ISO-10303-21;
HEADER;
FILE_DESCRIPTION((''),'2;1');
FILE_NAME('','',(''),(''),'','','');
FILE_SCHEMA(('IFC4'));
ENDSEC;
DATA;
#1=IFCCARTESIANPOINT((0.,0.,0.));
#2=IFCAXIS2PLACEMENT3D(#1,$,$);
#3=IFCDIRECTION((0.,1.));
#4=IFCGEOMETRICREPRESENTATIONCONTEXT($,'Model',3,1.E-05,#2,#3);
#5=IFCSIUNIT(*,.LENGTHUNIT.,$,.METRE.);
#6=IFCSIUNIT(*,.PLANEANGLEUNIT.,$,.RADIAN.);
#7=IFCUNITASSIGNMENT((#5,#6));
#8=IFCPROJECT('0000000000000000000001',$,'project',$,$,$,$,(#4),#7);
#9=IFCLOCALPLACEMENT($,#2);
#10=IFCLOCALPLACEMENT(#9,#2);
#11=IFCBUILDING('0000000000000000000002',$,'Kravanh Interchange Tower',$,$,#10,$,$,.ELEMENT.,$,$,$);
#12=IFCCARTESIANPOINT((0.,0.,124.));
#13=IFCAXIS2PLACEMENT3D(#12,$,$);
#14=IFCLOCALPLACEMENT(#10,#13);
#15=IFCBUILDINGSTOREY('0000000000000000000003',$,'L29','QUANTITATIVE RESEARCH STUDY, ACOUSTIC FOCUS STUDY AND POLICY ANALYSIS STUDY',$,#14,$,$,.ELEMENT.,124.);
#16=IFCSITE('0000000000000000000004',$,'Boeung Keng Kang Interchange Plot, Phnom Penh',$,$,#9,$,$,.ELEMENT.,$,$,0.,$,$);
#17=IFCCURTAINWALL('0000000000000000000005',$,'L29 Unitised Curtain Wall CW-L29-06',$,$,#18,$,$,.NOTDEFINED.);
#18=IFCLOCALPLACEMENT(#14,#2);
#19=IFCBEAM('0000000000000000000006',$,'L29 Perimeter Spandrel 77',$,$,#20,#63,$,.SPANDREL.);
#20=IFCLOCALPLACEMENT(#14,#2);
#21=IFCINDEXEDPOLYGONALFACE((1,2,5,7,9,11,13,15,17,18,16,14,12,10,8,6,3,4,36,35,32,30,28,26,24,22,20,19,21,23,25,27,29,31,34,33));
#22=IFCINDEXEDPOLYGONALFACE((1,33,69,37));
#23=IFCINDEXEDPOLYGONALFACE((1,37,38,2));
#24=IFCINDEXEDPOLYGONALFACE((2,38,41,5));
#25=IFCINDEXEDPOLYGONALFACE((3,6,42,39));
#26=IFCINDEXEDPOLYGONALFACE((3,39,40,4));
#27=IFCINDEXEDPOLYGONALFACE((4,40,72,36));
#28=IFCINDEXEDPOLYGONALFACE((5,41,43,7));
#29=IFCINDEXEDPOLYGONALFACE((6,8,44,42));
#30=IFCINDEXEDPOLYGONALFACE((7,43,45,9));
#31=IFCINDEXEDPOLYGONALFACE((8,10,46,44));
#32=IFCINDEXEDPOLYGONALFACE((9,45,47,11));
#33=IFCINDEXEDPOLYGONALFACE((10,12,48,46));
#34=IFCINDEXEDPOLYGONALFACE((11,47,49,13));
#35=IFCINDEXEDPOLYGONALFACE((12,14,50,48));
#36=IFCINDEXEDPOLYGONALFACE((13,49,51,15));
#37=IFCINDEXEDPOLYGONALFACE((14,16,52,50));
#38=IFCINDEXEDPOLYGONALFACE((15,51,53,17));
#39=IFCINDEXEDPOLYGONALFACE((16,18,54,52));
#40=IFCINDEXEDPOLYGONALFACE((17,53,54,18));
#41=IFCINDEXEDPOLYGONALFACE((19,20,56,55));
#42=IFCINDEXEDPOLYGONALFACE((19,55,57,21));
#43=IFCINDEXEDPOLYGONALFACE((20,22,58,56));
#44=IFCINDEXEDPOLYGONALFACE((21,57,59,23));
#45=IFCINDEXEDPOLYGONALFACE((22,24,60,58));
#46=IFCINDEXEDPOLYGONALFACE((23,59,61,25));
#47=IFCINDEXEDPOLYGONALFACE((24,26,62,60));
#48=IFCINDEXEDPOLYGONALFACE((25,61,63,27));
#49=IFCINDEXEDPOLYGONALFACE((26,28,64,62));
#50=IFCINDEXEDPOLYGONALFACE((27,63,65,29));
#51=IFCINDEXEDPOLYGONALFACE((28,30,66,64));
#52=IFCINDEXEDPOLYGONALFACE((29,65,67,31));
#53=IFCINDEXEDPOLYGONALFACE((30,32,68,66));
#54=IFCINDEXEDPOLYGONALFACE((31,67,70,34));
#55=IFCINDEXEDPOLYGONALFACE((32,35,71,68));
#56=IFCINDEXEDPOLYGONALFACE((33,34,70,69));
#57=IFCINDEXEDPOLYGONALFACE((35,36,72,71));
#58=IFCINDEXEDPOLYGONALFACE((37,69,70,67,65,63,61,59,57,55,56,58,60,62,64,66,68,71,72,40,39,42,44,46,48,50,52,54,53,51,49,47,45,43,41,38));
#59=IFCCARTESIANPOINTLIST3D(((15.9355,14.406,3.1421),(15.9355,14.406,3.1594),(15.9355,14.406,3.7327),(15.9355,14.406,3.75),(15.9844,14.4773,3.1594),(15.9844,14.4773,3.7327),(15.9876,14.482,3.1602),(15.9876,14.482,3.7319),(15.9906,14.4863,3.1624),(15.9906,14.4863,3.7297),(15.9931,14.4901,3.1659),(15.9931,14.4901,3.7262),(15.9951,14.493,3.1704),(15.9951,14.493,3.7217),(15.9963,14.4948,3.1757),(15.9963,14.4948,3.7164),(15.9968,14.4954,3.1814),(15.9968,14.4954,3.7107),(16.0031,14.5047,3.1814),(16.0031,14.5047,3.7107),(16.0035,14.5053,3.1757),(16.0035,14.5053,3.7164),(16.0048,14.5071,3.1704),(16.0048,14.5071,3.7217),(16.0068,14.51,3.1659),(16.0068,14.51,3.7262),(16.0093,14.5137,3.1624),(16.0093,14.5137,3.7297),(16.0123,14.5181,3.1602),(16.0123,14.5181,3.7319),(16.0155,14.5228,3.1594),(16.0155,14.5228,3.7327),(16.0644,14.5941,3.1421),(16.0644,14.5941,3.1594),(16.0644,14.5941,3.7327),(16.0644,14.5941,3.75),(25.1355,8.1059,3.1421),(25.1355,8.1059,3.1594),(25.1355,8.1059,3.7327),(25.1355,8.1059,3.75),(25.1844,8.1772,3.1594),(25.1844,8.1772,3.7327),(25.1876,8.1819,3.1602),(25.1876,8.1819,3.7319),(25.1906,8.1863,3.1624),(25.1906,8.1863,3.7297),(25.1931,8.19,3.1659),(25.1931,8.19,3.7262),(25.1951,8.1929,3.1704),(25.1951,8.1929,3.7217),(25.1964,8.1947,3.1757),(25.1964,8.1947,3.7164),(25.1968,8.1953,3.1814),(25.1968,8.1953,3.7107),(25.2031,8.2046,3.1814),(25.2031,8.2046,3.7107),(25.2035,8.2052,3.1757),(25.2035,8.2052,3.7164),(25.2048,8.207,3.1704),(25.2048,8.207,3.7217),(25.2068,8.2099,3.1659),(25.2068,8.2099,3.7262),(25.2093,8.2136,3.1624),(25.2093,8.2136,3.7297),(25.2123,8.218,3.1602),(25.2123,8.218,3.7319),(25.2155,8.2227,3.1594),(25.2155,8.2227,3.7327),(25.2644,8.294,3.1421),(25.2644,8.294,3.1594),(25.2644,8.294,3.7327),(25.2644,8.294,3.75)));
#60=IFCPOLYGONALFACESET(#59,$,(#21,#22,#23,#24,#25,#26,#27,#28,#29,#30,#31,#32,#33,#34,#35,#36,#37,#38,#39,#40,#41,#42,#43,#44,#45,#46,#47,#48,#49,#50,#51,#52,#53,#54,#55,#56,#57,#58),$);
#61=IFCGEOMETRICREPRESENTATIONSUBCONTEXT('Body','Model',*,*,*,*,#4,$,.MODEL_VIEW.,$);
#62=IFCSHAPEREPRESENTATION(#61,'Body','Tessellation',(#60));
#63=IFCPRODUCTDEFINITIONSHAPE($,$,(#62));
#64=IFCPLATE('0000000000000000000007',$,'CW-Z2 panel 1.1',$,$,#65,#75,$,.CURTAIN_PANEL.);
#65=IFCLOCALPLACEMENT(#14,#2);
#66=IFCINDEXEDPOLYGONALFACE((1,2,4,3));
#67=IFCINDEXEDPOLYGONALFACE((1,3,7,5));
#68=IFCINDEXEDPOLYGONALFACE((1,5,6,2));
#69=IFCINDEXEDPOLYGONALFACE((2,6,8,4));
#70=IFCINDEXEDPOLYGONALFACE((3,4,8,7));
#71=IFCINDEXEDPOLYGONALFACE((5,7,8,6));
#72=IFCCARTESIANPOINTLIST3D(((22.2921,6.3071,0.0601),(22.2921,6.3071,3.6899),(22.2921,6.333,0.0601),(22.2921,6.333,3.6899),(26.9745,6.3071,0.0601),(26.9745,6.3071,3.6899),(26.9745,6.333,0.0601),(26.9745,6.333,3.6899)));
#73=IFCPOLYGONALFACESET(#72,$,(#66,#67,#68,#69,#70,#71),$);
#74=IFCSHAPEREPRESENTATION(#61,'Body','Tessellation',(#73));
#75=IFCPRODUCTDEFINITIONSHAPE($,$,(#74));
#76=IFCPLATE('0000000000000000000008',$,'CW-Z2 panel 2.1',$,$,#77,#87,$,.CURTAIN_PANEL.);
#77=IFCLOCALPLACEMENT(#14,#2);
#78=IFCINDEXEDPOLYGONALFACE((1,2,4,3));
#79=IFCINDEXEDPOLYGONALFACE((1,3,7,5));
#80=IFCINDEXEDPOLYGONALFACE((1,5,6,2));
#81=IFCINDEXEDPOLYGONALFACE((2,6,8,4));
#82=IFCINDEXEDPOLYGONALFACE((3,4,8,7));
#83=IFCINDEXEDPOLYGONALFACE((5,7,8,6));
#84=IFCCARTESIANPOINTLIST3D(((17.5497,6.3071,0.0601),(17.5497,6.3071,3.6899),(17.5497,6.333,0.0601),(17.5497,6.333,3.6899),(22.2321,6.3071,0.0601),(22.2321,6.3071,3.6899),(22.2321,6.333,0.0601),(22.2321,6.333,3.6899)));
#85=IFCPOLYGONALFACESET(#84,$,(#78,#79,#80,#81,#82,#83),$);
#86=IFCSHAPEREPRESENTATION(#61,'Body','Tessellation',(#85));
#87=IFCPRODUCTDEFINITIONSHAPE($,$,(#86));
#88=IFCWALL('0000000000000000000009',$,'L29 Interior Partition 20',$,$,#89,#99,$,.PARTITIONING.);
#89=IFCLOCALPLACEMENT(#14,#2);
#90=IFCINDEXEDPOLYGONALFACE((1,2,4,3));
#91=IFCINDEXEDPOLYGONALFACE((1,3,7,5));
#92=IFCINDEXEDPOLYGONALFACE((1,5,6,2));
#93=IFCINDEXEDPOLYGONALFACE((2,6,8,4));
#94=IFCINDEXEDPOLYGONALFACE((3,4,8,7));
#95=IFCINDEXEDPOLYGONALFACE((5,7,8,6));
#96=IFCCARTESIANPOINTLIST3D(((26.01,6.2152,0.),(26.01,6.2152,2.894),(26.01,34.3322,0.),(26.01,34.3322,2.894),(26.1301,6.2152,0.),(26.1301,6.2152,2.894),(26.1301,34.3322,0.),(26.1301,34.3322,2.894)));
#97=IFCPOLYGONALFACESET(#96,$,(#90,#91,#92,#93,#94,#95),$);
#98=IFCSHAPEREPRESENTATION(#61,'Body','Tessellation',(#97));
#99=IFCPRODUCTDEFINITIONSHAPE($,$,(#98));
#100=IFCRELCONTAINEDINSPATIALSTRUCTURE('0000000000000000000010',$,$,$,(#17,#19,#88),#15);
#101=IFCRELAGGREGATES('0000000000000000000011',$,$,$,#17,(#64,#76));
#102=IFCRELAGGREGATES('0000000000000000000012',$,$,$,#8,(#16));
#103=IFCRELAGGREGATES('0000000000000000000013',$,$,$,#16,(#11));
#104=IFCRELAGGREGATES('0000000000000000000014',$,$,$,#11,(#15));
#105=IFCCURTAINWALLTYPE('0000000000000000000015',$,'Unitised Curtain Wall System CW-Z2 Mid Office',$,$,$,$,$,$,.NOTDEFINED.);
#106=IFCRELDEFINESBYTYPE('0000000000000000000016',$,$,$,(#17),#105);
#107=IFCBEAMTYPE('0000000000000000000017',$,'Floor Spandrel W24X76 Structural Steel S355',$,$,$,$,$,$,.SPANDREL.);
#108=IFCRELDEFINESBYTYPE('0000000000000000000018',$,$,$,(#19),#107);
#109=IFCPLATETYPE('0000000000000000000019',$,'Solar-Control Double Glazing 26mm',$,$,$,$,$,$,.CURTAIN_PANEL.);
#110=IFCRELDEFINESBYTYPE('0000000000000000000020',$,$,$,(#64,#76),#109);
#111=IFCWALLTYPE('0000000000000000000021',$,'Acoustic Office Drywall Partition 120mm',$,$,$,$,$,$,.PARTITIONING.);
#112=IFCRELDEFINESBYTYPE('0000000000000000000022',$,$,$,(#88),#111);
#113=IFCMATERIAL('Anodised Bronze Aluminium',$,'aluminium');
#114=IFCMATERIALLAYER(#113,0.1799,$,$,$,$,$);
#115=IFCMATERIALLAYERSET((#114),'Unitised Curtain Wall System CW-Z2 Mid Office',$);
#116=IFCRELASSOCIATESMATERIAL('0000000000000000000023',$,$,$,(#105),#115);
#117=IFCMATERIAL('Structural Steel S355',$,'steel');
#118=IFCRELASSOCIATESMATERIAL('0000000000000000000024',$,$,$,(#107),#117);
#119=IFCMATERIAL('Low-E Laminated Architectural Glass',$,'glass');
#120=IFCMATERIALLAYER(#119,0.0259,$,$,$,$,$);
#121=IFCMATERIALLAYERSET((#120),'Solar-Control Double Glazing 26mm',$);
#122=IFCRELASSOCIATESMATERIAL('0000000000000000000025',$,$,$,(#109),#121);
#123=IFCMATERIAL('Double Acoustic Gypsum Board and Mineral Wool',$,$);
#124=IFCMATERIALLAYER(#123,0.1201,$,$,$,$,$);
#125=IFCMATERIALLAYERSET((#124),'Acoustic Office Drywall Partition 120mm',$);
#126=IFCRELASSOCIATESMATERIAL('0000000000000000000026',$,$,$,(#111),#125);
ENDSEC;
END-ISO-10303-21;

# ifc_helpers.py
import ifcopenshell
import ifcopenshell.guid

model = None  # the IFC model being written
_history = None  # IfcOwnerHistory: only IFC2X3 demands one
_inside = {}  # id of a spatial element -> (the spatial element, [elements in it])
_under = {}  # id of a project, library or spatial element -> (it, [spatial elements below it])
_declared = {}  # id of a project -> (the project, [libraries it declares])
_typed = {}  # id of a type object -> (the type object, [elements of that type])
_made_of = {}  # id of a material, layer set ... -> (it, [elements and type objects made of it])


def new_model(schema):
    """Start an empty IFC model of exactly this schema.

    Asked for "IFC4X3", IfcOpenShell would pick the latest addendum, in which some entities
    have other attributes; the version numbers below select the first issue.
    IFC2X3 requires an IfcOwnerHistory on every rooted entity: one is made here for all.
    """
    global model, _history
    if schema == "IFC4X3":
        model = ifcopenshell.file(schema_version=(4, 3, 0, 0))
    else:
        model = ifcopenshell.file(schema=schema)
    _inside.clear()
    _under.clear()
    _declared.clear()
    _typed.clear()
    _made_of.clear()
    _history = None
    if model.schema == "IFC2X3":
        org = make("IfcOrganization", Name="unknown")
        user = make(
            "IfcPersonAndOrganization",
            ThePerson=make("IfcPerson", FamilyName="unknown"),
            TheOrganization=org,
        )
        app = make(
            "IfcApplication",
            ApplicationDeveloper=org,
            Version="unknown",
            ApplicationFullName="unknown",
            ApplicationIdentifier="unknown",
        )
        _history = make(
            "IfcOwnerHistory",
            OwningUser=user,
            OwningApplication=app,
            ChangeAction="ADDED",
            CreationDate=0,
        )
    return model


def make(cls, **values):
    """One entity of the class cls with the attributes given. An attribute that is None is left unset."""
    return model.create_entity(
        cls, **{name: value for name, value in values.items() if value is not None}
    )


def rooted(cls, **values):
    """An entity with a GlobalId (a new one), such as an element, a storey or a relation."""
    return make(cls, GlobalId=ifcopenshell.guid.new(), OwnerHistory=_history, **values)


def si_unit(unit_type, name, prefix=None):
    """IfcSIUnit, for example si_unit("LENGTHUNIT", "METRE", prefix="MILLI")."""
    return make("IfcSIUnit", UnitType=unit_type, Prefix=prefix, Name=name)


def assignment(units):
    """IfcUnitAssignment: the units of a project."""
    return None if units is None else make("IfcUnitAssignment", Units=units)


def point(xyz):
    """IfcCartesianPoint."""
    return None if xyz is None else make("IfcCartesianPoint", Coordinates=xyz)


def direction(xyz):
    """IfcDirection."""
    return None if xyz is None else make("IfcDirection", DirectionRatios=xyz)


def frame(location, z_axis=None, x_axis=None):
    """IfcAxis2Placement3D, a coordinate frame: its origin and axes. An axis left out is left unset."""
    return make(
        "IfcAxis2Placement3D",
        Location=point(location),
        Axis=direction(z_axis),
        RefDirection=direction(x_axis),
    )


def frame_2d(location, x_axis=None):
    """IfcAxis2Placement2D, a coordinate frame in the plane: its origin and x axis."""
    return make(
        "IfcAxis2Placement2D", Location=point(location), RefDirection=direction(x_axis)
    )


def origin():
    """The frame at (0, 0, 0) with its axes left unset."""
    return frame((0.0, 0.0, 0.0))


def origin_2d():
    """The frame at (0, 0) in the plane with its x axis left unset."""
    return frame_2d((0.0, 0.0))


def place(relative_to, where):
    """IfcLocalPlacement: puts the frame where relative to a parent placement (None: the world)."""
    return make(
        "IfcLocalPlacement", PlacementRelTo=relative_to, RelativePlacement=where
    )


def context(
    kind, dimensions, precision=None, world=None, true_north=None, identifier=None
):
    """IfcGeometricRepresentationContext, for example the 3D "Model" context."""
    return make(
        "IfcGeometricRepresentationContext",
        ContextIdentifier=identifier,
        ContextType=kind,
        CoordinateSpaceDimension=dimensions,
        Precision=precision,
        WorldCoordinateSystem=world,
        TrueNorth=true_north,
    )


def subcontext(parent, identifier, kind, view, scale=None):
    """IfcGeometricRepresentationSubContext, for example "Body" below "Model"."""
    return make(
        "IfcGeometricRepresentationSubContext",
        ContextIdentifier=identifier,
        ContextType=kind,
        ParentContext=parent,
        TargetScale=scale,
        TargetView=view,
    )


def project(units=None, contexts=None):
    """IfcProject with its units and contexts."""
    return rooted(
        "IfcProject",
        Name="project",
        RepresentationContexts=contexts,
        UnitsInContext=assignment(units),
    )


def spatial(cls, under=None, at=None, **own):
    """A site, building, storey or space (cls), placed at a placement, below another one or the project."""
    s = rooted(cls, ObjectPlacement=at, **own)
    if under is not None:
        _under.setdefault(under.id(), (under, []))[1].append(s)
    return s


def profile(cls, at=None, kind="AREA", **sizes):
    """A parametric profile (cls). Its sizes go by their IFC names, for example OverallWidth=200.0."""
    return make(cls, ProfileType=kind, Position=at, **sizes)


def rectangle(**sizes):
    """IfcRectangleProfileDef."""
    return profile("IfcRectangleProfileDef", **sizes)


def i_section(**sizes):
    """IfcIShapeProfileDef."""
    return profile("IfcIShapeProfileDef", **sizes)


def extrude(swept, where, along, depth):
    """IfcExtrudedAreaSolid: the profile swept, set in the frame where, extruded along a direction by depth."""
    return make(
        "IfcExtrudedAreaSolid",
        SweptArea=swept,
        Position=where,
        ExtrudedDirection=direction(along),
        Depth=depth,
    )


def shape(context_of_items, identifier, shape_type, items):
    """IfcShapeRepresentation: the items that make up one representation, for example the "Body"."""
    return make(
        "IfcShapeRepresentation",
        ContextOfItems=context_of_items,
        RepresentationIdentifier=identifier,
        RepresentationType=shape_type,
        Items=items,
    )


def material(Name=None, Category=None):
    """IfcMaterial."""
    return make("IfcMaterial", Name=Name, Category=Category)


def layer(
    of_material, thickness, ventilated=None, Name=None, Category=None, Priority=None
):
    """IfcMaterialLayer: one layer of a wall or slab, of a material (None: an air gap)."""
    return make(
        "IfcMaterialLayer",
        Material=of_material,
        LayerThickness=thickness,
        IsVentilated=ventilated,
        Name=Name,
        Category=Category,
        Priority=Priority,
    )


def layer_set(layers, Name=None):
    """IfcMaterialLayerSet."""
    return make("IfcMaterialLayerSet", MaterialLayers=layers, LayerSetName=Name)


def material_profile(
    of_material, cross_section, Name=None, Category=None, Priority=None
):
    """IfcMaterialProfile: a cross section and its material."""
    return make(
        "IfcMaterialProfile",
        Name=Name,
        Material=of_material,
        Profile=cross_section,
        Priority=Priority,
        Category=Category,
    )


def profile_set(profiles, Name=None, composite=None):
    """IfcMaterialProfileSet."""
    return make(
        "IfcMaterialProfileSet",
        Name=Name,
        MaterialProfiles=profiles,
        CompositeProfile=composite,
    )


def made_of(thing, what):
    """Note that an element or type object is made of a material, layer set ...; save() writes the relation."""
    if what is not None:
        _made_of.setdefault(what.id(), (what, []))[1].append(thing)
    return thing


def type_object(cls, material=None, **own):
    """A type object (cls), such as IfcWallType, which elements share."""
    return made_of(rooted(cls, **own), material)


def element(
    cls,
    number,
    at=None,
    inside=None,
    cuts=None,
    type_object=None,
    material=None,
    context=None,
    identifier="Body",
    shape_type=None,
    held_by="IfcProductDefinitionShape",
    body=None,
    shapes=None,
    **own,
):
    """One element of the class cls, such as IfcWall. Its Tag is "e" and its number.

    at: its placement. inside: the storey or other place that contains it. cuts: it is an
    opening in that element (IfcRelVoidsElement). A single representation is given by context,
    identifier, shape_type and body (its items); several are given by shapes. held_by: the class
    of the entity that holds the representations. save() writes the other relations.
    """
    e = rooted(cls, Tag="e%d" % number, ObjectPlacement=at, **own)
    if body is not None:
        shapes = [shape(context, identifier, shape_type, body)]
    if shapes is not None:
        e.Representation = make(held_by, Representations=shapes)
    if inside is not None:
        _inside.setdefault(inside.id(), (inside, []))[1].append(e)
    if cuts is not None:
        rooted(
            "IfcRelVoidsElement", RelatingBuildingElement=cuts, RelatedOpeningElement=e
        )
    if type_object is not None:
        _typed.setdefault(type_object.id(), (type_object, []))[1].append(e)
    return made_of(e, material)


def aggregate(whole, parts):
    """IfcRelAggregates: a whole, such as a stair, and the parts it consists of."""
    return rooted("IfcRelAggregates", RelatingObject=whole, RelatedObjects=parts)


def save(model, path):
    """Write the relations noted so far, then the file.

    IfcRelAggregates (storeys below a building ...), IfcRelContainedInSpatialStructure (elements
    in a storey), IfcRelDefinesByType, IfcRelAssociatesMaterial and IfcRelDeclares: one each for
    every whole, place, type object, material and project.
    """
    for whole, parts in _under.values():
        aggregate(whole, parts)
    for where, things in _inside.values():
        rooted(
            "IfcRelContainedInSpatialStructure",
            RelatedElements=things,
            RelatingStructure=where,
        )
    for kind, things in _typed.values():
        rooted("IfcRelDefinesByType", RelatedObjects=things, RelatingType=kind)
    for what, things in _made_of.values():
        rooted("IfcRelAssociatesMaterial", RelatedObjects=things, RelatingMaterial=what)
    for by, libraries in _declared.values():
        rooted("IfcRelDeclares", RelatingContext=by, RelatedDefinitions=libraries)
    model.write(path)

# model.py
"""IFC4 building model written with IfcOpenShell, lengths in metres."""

from ifc_helpers import new_model, si_unit, direction, frame, frame_2d, origin, origin_2d, place, context, subcontext, project, spatial, rectangle, i_section, extrude, material, layer, layer_set, material_profile, profile_set, type_object, element, aggregate, save


model = new_model("IFC4")

# Units and contexts
model_context = context("Model", 3, precision=1e-05, world=origin(), true_north=direction((0.0, 1.0)))
body_context = subcontext(model_context, "Body", "Model", "MODEL_VIEW")
ifc_project = project(units=[si_unit("LENGTHUNIT", "METRE"), si_unit("PLANEANGLEUNIT", "RADIAN")], contexts=[model_context])

# Site, building, storey
site_placement = place(None, origin())
site = spatial("IfcSite", under=ifc_project, at=site_placement, Name="Boeung Keng Kang Interchange Plot, Phnom Penh", CompositionType="ELEMENT", RefElevation=0.0)
building_placement = place(site_placement, origin())
building = spatial("IfcBuilding", under=site, at=building_placement, Name="Kravanh Interchange Tower", CompositionType="ELEMENT")
storey_placement = place(building_placement, frame((0.0, 0.0, 124.0)))
storey = spatial("IfcBuildingStorey", under=building, at=storey_placement, Name="L29", Description="QUANTITATIVE RESEARCH STUDY, ACOUSTIC FOCUS STUDY AND POLICY ANALYSIS STUDY", CompositionType="ELEMENT", Elevation=124.0)

# Shared definitions
ifc_material_1 = material(Name="Anodised Bronze Aluminium", Category="aluminium")
ifc_layer_1 = layer(ifc_material_1, 0.1799)
ifc_layer_set_1 = layer_set([ifc_layer_1], Name="Unitised Curtain Wall System CW-Z2 Mid Office")
curtain_wall_type = type_object("IfcCurtainWallType", Name="Unitised Curtain Wall System CW-Z2 Mid Office", PredefinedType="NOTDEFINED", material=ifc_layer_set_1)

# Curtain wall
curtain_wall_1_placement = place(storey_placement, origin())
curtain_wall_1 = element("IfcCurtainWall", 1, at=curtain_wall_1_placement, inside=storey, type_object=curtain_wall_type, Name="L29 Unitised Curtain Wall CW-L29-06", PredefinedType="NOTDEFINED")

# Beam
ifc_material_2 = material(Name="Structural Steel S355", Category="steel")
ifc_material_profile_1 = material_profile(ifc_material_2, i_section(OverallWidth=0.228, OverallDepth=0.6079, WebThickness=0.0112, FlangeThickness=0.0173, FilletRadius=0.022, at=origin_2d()), Name="W24X76")
ifc_profile_set_1 = profile_set([ifc_material_profile_1], Name="Structural Steel S355")
beam_type_1 = type_object("IfcBeamType", Name="Floor Spandrel W24X76 Structural Steel S355", PredefinedType="SPANDREL", material=ifc_profile_set_1)
beam_1_placement = place(storey_placement, frame((25.2, 8.2, 3.446), z_axis=(-0.825084, 0.56501, 0.0), x_axis=(-0.56501, -0.825084, 0.0)))
element("IfcBeam", 2, at=beam_1_placement, inside=storey, type_object=beam_type_1, Name="L29 Perimeter Spandrel 77", PredefinedType="SPANDREL", context=body_context, shape_type="SweptSolid", body=[
    extrude(i_section(OverallWidth=0.228, OverallDepth=0.6079, WebThickness=0.0112, FlangeThickness=0.0173, FilletRadius=0.022, at=origin_2d()), origin(), (0.0, 0.0, 1.0), 11.1504),
])

# Plates
ifc_material_3 = material(Name="Low-E Laminated Architectural Glass", Category="glass")
ifc_layer_2 = layer(ifc_material_3, 0.0259)
ifc_layer_set_2 = layer_set([ifc_layer_2], Name="Solar-Control Double Glazing 26mm")
plate_type = type_object("IfcPlateType", Name="Solar-Control Double Glazing 26mm", PredefinedType="CURTAIN_PANEL", material=ifc_layer_set_2)
plate_1_placement = place(storey_placement, frame((24.6333, 6.3201, 0.0601), z_axis=(0.0, 0.0, 1.0), x_axis=(-1.0, 0.0, 0.0)))
plate_1 = element("IfcPlate", 3, at=plate_1_placement, type_object=plate_type, Name="CW-Z2 panel 1.1", PredefinedType="CURTAIN_PANEL", context=body_context, shape_type="SweptSolid", body=[
    extrude(rectangle(XDim=4.6824, YDim=0.0259, at=origin_2d()), origin(), (0.0, 0.0, 1.0), 3.6299),
])
plate_2_placement = place(storey_placement, frame((19.8909, 6.3201, 0.0601), z_axis=(0.0, 0.0, 1.0), x_axis=(-1.0, 0.0, 0.0)))
plate_2 = element("IfcPlate", 4, at=plate_2_placement, type_object=plate_type, Name="CW-Z2 panel 2.1", PredefinedType="CURTAIN_PANEL", context=body_context, shape_type="SweptSolid", body=[
    extrude(rectangle(XDim=4.6824, YDim=0.0259, at=origin_2d()), origin(), (0.0, 0.0, 1.0), 3.6299),
])
aggregate(curtain_wall_1, [plate_1, plate_2])

# Wall
ifc_material_4 = material(Name="Double Acoustic Gypsum Board and Mineral Wool")
ifc_layer_3 = layer(ifc_material_4, 0.1201)
ifc_layer_set_3 = layer_set([ifc_layer_3], Name="Acoustic Office Drywall Partition 120mm")
wall_type = type_object("IfcWallType", Name="Acoustic Office Drywall Partition 120mm", PredefinedType="PARTITIONING", material=ifc_layer_set_3)
wall_placement = place(storey_placement, frame((26.0701, 6.2151, 0.0), z_axis=(0.0, 0.0, 1.0), x_axis=(0.0, 1.0, 0.0)))
element("IfcWall", 5, at=wall_placement, inside=storey, type_object=wall_type, Name="L29 Interior Partition 20", PredefinedType="PARTITIONING", context=body_context, shape_type="SweptSolid", body=[
    extrude(rectangle(XDim=28.1169, YDim=0.1201, at=frame_2d((14.0586, 0.0))), origin(), (0.0, 0.0, 1.0), 2.894),
])

save(model, "model.ifc")
